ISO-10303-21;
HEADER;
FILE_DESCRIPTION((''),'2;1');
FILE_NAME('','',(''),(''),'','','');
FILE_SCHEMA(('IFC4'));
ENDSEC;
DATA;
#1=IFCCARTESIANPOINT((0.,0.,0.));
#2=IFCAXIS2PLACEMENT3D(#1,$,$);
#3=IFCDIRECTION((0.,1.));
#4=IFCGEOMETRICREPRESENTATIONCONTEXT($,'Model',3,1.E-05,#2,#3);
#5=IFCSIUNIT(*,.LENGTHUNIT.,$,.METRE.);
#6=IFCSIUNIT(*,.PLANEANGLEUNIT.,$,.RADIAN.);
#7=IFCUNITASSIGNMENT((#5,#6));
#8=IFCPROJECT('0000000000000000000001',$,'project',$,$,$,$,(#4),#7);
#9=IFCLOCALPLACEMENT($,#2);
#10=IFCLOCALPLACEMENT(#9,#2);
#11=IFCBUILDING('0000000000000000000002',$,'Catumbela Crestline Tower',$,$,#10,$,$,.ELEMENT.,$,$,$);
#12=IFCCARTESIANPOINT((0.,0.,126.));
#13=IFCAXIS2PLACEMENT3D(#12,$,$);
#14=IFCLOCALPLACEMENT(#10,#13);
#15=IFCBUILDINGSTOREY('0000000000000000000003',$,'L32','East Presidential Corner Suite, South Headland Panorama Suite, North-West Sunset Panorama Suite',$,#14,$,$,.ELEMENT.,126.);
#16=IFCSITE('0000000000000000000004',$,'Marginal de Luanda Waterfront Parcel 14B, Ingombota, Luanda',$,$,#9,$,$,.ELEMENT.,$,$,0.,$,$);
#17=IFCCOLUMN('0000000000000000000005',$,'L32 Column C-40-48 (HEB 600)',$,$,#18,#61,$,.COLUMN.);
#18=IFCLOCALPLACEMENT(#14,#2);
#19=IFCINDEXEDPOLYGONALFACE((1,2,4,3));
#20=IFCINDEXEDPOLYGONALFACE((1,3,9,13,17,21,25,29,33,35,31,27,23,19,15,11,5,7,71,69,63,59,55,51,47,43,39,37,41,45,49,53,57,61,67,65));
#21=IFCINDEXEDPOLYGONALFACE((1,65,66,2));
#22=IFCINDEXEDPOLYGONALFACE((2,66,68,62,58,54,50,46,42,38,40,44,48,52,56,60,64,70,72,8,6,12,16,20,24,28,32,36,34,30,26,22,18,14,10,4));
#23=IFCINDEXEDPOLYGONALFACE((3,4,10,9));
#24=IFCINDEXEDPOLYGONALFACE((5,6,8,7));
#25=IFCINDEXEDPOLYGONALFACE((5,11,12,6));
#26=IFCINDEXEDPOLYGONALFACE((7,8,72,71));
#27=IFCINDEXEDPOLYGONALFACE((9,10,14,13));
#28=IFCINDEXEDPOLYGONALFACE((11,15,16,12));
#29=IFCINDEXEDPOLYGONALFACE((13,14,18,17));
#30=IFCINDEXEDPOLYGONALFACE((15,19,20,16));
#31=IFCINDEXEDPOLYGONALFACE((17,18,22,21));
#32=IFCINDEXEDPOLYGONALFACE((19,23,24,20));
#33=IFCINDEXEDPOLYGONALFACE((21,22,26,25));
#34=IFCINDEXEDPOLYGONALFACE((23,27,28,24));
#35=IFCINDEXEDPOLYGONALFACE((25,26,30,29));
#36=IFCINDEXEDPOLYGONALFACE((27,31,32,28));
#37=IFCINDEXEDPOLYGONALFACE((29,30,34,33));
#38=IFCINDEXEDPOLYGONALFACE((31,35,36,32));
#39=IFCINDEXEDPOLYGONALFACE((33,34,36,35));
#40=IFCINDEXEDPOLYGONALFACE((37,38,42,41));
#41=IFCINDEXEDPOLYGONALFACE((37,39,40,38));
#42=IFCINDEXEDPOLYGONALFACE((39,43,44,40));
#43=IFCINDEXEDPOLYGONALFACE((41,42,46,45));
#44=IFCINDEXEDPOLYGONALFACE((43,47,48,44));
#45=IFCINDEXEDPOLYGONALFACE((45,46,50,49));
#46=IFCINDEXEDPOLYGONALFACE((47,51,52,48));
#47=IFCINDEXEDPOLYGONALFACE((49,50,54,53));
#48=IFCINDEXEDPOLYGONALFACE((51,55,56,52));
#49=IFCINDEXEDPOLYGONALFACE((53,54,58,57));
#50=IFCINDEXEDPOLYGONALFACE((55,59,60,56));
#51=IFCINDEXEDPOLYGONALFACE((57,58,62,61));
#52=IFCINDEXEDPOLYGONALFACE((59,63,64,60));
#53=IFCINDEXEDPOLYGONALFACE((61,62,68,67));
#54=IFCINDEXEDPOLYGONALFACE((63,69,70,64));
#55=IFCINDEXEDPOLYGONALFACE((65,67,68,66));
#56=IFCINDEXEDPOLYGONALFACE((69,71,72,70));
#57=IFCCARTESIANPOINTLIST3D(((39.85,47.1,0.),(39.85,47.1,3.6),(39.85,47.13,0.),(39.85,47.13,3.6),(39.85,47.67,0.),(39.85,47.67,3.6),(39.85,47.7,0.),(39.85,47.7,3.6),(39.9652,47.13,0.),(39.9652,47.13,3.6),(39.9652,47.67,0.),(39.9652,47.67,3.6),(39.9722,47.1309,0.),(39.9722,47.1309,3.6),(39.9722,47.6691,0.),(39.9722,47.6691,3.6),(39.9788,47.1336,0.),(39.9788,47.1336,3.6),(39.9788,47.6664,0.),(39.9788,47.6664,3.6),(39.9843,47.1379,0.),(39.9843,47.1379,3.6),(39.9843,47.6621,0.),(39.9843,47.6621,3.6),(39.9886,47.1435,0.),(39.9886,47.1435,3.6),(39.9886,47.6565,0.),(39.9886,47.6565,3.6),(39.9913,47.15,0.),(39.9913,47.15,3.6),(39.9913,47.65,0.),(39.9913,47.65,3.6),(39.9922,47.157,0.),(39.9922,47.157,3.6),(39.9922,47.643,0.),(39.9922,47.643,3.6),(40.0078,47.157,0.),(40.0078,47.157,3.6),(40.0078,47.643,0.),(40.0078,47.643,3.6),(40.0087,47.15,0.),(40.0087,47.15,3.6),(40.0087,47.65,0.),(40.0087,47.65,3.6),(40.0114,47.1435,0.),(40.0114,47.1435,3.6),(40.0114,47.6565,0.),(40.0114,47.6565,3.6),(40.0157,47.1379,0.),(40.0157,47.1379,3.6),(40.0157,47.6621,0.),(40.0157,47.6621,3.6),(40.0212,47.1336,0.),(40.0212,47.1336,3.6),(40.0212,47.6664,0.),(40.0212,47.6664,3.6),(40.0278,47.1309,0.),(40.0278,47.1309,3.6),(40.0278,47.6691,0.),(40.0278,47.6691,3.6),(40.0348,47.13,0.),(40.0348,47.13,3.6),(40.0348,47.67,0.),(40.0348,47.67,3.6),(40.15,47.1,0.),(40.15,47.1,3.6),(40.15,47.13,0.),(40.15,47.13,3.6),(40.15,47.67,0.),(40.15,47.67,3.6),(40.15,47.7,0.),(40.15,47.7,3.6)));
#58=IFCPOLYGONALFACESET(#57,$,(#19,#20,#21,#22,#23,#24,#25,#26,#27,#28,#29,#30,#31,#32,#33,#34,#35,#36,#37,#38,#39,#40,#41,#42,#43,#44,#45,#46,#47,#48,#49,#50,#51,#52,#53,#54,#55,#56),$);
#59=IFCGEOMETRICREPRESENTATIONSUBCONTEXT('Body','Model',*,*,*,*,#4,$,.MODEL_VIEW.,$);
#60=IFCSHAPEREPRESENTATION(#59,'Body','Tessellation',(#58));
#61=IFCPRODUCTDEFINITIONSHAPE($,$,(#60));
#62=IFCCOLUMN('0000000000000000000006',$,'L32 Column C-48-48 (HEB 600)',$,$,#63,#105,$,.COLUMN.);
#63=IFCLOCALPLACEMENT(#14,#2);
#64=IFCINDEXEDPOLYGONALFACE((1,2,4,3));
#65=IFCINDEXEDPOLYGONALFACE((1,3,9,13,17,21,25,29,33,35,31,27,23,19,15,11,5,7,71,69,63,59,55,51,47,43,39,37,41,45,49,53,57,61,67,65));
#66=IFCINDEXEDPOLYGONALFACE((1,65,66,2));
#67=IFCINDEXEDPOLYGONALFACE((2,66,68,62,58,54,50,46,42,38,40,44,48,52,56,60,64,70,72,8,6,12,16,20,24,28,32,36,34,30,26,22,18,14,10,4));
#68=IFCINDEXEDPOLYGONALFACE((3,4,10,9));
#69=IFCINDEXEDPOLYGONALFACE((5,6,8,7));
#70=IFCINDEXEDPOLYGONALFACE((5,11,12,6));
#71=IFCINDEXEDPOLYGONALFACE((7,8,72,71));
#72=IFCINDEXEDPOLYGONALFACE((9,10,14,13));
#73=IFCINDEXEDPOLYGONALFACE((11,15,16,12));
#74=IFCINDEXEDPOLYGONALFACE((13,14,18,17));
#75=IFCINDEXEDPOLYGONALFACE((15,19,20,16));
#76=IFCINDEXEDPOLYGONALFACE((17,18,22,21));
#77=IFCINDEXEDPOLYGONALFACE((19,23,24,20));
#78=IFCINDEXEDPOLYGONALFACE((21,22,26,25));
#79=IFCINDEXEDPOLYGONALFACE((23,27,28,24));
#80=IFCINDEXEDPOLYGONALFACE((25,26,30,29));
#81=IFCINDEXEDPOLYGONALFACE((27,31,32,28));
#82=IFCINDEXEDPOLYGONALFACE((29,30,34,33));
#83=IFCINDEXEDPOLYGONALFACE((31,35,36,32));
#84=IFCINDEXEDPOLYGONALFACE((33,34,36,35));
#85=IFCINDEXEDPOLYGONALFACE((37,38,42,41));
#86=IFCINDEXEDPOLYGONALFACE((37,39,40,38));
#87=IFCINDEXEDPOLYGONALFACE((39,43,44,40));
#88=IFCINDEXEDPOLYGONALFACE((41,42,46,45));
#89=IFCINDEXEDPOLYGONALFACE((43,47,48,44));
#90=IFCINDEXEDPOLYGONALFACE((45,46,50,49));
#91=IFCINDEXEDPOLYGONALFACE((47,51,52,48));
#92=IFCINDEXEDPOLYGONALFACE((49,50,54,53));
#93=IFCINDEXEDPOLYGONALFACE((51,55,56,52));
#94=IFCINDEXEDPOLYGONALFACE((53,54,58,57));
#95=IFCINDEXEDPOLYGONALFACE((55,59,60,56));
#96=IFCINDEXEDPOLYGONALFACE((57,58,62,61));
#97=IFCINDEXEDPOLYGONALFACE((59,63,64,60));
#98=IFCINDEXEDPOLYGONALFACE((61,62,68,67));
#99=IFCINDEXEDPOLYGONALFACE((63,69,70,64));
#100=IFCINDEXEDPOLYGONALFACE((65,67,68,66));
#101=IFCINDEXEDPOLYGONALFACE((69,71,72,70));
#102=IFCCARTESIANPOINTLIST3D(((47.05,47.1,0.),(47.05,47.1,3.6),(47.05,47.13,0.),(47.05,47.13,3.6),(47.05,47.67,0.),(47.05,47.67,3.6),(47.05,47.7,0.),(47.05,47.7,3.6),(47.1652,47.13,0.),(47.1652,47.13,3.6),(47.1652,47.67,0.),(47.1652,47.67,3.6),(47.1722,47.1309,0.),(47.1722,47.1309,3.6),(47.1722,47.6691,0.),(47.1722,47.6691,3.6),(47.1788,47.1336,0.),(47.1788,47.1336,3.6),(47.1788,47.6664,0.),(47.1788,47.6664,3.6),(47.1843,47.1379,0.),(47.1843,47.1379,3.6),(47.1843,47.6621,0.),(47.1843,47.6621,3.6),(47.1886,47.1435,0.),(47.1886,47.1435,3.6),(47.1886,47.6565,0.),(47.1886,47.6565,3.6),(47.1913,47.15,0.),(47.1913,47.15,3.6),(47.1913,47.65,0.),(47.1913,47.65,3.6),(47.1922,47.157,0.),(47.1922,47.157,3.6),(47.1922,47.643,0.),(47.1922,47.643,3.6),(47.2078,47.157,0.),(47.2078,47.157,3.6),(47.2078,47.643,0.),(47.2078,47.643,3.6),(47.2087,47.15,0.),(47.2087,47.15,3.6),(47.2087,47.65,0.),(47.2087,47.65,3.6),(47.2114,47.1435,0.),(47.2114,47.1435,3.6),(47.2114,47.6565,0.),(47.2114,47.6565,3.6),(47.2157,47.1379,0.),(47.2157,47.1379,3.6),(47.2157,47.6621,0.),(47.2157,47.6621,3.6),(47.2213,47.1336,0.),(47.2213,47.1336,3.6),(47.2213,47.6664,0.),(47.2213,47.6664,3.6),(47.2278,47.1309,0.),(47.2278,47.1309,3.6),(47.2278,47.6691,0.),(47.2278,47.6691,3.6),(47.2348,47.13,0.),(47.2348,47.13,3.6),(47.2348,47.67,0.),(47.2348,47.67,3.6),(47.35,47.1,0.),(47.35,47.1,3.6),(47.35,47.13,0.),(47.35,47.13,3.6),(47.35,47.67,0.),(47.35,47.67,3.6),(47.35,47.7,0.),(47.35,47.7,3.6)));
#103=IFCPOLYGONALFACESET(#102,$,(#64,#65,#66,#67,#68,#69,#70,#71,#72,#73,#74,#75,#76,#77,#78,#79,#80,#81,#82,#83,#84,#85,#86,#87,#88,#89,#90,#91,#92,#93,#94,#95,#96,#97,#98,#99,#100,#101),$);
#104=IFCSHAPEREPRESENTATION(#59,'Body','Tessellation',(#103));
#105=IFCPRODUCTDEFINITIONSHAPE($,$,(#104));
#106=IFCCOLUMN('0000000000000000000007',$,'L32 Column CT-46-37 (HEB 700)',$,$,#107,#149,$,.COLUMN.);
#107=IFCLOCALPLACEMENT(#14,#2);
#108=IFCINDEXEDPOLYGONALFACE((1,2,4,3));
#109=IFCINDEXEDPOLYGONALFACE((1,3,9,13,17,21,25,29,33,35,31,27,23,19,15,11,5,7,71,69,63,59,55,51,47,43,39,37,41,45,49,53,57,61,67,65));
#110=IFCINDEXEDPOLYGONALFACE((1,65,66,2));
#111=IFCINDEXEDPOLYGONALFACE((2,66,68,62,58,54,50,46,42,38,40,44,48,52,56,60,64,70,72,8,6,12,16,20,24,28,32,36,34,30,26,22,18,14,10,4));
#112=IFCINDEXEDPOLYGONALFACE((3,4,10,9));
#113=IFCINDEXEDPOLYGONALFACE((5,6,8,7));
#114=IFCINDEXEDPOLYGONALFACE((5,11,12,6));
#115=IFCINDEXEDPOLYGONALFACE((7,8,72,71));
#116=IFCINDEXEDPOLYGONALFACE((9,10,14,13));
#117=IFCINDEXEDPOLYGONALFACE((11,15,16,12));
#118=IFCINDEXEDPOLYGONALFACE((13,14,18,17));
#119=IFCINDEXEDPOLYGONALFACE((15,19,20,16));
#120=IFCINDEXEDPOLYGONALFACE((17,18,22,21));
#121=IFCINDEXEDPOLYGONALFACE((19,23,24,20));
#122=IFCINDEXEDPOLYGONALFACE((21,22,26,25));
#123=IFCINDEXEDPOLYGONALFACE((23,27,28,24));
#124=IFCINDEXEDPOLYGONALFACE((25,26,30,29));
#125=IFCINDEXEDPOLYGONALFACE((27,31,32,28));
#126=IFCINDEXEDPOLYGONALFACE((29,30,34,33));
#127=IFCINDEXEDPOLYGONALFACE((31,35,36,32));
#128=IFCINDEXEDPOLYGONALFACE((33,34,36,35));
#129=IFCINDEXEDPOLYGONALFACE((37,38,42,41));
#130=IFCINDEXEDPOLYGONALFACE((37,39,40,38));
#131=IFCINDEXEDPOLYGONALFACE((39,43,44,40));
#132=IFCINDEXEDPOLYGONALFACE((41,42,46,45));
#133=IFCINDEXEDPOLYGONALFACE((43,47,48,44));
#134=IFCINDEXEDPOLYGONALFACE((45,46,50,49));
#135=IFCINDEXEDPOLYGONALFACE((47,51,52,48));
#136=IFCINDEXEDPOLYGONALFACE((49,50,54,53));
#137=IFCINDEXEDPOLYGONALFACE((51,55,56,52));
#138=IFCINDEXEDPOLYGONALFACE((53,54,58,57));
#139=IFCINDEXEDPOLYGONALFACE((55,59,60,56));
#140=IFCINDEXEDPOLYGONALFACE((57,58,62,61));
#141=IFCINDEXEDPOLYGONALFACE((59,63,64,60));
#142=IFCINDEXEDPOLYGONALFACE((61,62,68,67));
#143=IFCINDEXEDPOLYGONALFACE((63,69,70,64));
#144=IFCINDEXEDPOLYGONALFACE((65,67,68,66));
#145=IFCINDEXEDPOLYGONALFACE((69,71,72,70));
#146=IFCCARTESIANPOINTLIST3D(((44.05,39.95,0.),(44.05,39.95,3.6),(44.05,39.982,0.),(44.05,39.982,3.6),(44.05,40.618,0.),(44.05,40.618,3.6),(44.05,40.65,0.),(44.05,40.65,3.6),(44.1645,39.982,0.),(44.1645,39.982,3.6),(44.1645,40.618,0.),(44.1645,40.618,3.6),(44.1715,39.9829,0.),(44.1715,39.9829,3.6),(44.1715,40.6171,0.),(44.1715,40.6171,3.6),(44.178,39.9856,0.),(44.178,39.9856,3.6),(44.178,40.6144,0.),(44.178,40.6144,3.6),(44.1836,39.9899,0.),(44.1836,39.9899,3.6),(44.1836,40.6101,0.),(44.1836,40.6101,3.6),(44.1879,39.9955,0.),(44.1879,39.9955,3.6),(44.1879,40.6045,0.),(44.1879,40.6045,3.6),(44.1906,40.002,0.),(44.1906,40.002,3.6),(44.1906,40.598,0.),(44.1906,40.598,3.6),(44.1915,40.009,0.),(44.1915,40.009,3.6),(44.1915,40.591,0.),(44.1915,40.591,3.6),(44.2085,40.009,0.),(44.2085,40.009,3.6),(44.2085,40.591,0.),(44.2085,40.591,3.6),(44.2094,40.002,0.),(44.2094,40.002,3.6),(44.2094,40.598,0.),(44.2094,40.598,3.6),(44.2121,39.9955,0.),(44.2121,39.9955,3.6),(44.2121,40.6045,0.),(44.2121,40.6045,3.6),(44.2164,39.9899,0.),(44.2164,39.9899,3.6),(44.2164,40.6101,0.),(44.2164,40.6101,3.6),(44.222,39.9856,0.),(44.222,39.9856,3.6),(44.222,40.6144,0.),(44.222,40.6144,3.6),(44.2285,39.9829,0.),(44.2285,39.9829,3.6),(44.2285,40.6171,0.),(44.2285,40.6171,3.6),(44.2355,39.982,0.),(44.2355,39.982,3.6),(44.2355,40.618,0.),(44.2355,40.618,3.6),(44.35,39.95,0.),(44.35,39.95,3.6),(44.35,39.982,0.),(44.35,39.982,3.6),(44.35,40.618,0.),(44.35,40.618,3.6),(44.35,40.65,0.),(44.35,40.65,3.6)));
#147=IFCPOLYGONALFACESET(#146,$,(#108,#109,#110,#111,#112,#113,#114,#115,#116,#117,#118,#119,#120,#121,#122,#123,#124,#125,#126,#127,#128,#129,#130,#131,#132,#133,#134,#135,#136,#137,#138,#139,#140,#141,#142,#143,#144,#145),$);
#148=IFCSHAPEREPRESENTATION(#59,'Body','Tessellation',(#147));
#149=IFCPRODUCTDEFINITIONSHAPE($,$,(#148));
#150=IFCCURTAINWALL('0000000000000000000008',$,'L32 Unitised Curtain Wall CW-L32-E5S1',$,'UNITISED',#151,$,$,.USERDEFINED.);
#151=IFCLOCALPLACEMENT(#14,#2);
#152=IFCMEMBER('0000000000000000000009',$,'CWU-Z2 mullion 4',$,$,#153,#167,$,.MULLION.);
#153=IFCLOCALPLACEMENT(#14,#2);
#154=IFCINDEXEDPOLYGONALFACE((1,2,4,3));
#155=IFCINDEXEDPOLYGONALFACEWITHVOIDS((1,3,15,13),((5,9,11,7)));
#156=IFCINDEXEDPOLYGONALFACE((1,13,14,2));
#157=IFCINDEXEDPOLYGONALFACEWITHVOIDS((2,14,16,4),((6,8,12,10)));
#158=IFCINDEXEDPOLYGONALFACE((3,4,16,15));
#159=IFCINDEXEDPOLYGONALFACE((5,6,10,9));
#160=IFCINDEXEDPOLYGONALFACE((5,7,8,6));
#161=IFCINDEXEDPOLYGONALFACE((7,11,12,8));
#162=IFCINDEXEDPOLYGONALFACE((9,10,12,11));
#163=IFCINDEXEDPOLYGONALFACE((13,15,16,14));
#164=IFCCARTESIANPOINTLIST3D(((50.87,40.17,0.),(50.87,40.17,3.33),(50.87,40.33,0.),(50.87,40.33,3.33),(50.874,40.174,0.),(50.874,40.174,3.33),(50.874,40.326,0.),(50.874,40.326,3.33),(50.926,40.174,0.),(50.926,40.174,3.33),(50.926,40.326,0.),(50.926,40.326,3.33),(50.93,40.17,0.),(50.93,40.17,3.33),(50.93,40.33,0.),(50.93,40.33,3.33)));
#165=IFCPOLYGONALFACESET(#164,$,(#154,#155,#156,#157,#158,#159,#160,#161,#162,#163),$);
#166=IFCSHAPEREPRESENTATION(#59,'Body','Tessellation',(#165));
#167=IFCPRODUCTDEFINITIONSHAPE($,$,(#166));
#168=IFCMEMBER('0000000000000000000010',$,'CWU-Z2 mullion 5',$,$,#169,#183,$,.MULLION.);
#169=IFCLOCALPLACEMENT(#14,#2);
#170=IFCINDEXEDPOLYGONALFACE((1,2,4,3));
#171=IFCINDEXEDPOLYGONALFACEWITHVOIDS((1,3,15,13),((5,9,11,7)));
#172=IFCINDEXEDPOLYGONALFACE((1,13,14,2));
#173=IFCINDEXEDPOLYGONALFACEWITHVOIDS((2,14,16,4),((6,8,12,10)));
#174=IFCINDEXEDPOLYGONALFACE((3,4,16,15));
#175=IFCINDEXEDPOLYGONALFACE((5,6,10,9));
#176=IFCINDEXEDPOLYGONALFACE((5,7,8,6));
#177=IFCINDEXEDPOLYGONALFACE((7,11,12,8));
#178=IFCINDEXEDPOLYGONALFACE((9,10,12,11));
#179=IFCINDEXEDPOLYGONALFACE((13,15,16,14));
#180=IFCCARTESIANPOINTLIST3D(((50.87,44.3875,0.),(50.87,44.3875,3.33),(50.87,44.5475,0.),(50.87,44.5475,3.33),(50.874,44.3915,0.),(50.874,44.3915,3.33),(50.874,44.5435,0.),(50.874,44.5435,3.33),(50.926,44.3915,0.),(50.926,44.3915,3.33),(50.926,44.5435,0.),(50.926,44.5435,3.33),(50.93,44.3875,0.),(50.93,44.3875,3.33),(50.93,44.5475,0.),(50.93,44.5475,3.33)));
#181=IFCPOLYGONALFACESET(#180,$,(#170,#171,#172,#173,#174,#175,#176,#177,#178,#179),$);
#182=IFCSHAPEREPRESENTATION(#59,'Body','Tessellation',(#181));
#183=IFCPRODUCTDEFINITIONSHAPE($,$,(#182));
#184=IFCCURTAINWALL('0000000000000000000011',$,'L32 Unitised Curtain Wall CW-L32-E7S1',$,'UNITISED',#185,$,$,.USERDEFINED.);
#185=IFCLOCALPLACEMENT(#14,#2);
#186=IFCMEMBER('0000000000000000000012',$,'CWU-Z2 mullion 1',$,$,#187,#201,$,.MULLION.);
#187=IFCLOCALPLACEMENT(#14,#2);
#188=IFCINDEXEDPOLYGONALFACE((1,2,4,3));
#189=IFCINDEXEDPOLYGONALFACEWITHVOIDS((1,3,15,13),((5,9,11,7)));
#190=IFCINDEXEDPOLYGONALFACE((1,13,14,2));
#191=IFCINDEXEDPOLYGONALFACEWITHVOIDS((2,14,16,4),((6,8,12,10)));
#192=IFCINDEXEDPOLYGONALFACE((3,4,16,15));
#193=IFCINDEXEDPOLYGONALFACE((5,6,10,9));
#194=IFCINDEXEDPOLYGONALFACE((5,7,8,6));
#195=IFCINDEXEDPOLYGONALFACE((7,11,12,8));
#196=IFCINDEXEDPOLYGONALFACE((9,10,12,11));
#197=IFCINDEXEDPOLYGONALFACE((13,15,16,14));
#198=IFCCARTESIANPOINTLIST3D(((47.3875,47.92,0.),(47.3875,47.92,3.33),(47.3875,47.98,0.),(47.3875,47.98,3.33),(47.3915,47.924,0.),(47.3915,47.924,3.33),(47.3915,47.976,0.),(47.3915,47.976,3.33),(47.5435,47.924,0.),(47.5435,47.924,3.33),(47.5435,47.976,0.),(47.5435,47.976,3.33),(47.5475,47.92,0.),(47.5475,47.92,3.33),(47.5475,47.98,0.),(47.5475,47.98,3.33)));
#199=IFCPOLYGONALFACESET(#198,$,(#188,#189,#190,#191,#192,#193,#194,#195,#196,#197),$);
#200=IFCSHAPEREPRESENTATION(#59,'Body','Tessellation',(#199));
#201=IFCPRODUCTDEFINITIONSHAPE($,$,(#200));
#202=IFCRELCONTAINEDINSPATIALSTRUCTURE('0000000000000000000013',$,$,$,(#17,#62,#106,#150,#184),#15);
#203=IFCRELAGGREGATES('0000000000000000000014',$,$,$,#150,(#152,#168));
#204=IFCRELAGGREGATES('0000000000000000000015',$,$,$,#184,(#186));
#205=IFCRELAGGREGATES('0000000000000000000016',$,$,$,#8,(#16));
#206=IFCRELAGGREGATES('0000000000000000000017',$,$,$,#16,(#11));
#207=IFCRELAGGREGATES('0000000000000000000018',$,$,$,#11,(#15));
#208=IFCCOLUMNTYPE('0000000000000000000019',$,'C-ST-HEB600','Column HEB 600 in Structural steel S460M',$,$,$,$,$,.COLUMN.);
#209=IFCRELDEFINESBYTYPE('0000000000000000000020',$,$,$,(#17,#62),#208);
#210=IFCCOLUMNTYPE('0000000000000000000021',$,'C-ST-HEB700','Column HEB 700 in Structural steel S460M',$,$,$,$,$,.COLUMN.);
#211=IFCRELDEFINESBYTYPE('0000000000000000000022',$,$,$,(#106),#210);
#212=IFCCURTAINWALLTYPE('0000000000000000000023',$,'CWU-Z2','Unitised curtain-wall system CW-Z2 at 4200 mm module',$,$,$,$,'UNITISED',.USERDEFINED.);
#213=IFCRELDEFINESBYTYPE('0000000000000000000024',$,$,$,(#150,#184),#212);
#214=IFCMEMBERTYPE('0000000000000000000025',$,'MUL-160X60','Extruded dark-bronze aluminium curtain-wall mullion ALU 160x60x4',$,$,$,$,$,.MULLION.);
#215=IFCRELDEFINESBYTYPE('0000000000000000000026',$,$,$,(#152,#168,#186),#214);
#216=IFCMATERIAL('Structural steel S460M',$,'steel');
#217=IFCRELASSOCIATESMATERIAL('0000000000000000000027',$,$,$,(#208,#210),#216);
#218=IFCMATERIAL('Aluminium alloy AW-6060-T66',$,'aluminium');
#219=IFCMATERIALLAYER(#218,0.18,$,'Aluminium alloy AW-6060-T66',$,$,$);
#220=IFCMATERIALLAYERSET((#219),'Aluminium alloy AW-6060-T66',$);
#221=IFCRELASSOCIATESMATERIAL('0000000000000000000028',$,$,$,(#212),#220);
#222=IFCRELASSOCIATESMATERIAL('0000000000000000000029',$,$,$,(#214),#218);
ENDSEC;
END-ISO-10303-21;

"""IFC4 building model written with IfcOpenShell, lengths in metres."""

from ifc_helpers import new_model, si_unit, direction, frame, origin, origin_2d, place, context, subcontext, project, spatial, hollow_rectangle, i_section, extrude, material, layer, layer_set, material_profile, profile_set, type_object, element, aggregate, save


model = new_model("IFC4")

# Units and contexts
model_context = context("Model", 3, precision=1e-05, world=origin(), true_north=direction((0.0, 1.0)))
body_context = subcontext(model_context, "Body", "Model", "MODEL_VIEW")
ifc_project = project(units=[si_unit("LENGTHUNIT", "METRE"), si_unit("PLANEANGLEUNIT", "RADIAN")], contexts=[model_context])

# Site, building, storey
site_placement = place(None, origin())
site = spatial("IfcSite", under=ifc_project, at=site_placement, Name="Marginal de Luanda Waterfront Parcel 14B, Ingombota, Luanda", CompositionType="ELEMENT", RefElevation=0.0)
building_placement = place(site_placement, origin())
building = spatial("IfcBuilding", under=site, at=building_placement, Name="Catumbela Crestline Tower", CompositionType="ELEMENT")
storey_placement = place(building_placement, frame((0.0, 0.0, 126.0)))
storey = spatial("IfcBuildingStorey", under=building, at=storey_placement, Name="L32", Description="East Presidential Corner Suite, South Headland Panorama Suite, North-West Sunset Panorama Suite", CompositionType="ELEMENT", Elevation=126.0)

# Columns
ifc_material_1 = material(Name="Structural steel S460M", Category="steel")
ifc_material_profile_1 = material_profile(ifc_material_1, i_section(OverallWidth=0.3, OverallDepth=0.6, WebThickness=0.0155, FlangeThickness=0.03, FilletRadius=0.027, at=origin_2d()), Name="HEB 600")
ifc_profile_set_1 = profile_set([ifc_material_profile_1], Name="Structural steel S460M")
column_type_1 = type_object("IfcColumnType", Name="C-ST-HEB600", Description="Column HEB 600 in Structural steel S460M", PredefinedType="COLUMN", material=ifc_profile_set_1)
for number, where, z_axis, x_axis, name in (
    (1, (40.0, 47.4, 0.0), (0.0, 0.0, 1.0), (1.0, 0.0, 0.0), "L32 Column C-40-48 (HEB 600)"),
    (2, (47.2, 47.4, 0.0), (0.0, 0.0, 1.0), (1.0, 0.0, 0.0), "L32 Column C-48-48 (HEB 600)"),
):
    element("IfcColumn", number, at=place(storey_placement, frame(where, z_axis=z_axis, x_axis=x_axis)), inside=storey, type_object=column_type_1, Name=name, PredefinedType="COLUMN", context=body_context, shape_type="SweptSolid", body=[
        extrude(i_section(OverallWidth=0.3, OverallDepth=0.6, WebThickness=0.0155, FlangeThickness=0.03, FilletRadius=0.027, at=origin_2d()), origin(), (0.0, 0.0, 1.0), 3.6),
    ])
ifc_material_profile_2 = material_profile(ifc_material_1, i_section(OverallWidth=0.3, OverallDepth=0.7, WebThickness=0.017, FlangeThickness=0.032, FilletRadius=0.027, at=origin_2d()), Name="HEB 700")
ifc_profile_set_2 = profile_set([ifc_material_profile_2], Name="Structural steel S460M")
column_type_2 = type_object("IfcColumnType", Name="C-ST-HEB700", Description="Column HEB 700 in Structural steel S460M", PredefinedType="COLUMN", material=ifc_profile_set_2)
column_placement = place(storey_placement, frame((44.2, 40.3, 0.0), z_axis=(0.0, 0.0, 1.0), x_axis=(1.0, 0.0, 0.0)))
element("IfcColumn", 3, at=column_placement, inside=storey, type_object=column_type_2, Name="L32 Column CT-46-37 (HEB 700)", PredefinedType="COLUMN", context=body_context, shape_type="SweptSolid", body=[
    extrude(i_section(OverallWidth=0.3, OverallDepth=0.7, WebThickness=0.017, FlangeThickness=0.032, FilletRadius=0.027, at=origin_2d()), origin(), (0.0, 0.0, 1.0), 3.6),
])

# Curtain walls, members
ifc_material_2 = material(Name="Aluminium alloy AW-6060-T66", Category="aluminium")
ifc_layer_1 = layer(ifc_material_2, 0.18, Name="Aluminium alloy AW-6060-T66")
ifc_layer_set_1 = layer_set([ifc_layer_1], Name="Aluminium alloy AW-6060-T66")
curtain_wall_type = type_object("IfcCurtainWallType", Name="CWU-Z2", Description="Unitised curtain-wall system CW-Z2 at 4200 mm module", ElementType="UNITISED", PredefinedType="USERDEFINED", material=ifc_layer_set_1)
curtain_wall_1_placement = place(storey_placement, origin())
curtain_wall_1 = element("IfcCurtainWall", 4, at=curtain_wall_1_placement, inside=storey, type_object=curtain_wall_type, Name="L32 Unitised Curtain Wall CW-L32-E5S1", ObjectType="UNITISED", PredefinedType="USERDEFINED")
ifc_material_profile_3 = material_profile(ifc_material_2, hollow_rectangle(XDim=0.06, YDim=0.16, WallThickness=0.004, at=origin_2d()), Name="ALU 160x60x4")
ifc_profile_set_3 = profile_set([ifc_material_profile_3], Name="Aluminium alloy AW-6060-T66")
member_type_1 = type_object("IfcMemberType", Name="MUL-160X60", Description="Extruded dark-bronze aluminium curtain-wall mullion ALU 160x60x4", PredefinedType="MULLION", material=ifc_profile_set_3)
member_1_placement = place(storey_placement, frame((50.9, 40.25, 0.0), z_axis=(0.0, 0.0, 1.0), x_axis=(-1.0, 0.0, 0.0)))
member_1 = element("IfcMember", 5, at=member_1_placement, type_object=member_type_1, Name="CWU-Z2 mullion 4", PredefinedType="MULLION", context=body_context, shape_type="SweptSolid", body=[
    extrude(hollow_rectangle(XDim=0.06, YDim=0.16, WallThickness=0.004, at=origin_2d()), origin(), (0.0, 0.0, 1.0), 3.33),
])
member_2_placement = place(storey_placement, frame((50.9, 44.4675, 0.0), z_axis=(0.0, 0.0, 1.0), x_axis=(-1.0, 0.0, 0.0)))
member_2 = element("IfcMember", 6, at=member_2_placement, type_object=member_type_1, Name="CWU-Z2 mullion 5", PredefinedType="MULLION", context=body_context, shape_type="SweptSolid", body=[
    extrude(hollow_rectangle(XDim=0.06, YDim=0.16, WallThickness=0.004, at=origin_2d()), origin(), (0.0, 0.0, 1.0), 3.33),
])
curtain_wall_2_placement = place(storey_placement, origin())
curtain_wall_2 = element("IfcCurtainWall", 7, at=curtain_wall_2_placement, inside=storey, type_object=curtain_wall_type, Name="L32 Unitised Curtain Wall CW-L32-E7S1", ObjectType="UNITISED", PredefinedType="USERDEFINED")
member_3_placement = place(storey_placement, frame((47.4675, 47.95, 0.0), z_axis=(0.0, 0.0, 1.0), x_axis=(0.0, -1.0, 0.0)))
member_3 = element("IfcMember", 8, at=member_3_placement, type_object=member_type_1, Name="CWU-Z2 mullion 1", PredefinedType="MULLION", context=body_context, shape_type="SweptSolid", body=[
    extrude(hollow_rectangle(XDim=0.06, YDim=0.16, WallThickness=0.004, at=origin_2d()), origin(), (0.0, 0.0, 1.0), 3.33),
])

aggregate(curtain_wall_1, [member_1, member_2])
aggregate(curtain_wall_2, [member_3])

save(model, "model.ifc")
